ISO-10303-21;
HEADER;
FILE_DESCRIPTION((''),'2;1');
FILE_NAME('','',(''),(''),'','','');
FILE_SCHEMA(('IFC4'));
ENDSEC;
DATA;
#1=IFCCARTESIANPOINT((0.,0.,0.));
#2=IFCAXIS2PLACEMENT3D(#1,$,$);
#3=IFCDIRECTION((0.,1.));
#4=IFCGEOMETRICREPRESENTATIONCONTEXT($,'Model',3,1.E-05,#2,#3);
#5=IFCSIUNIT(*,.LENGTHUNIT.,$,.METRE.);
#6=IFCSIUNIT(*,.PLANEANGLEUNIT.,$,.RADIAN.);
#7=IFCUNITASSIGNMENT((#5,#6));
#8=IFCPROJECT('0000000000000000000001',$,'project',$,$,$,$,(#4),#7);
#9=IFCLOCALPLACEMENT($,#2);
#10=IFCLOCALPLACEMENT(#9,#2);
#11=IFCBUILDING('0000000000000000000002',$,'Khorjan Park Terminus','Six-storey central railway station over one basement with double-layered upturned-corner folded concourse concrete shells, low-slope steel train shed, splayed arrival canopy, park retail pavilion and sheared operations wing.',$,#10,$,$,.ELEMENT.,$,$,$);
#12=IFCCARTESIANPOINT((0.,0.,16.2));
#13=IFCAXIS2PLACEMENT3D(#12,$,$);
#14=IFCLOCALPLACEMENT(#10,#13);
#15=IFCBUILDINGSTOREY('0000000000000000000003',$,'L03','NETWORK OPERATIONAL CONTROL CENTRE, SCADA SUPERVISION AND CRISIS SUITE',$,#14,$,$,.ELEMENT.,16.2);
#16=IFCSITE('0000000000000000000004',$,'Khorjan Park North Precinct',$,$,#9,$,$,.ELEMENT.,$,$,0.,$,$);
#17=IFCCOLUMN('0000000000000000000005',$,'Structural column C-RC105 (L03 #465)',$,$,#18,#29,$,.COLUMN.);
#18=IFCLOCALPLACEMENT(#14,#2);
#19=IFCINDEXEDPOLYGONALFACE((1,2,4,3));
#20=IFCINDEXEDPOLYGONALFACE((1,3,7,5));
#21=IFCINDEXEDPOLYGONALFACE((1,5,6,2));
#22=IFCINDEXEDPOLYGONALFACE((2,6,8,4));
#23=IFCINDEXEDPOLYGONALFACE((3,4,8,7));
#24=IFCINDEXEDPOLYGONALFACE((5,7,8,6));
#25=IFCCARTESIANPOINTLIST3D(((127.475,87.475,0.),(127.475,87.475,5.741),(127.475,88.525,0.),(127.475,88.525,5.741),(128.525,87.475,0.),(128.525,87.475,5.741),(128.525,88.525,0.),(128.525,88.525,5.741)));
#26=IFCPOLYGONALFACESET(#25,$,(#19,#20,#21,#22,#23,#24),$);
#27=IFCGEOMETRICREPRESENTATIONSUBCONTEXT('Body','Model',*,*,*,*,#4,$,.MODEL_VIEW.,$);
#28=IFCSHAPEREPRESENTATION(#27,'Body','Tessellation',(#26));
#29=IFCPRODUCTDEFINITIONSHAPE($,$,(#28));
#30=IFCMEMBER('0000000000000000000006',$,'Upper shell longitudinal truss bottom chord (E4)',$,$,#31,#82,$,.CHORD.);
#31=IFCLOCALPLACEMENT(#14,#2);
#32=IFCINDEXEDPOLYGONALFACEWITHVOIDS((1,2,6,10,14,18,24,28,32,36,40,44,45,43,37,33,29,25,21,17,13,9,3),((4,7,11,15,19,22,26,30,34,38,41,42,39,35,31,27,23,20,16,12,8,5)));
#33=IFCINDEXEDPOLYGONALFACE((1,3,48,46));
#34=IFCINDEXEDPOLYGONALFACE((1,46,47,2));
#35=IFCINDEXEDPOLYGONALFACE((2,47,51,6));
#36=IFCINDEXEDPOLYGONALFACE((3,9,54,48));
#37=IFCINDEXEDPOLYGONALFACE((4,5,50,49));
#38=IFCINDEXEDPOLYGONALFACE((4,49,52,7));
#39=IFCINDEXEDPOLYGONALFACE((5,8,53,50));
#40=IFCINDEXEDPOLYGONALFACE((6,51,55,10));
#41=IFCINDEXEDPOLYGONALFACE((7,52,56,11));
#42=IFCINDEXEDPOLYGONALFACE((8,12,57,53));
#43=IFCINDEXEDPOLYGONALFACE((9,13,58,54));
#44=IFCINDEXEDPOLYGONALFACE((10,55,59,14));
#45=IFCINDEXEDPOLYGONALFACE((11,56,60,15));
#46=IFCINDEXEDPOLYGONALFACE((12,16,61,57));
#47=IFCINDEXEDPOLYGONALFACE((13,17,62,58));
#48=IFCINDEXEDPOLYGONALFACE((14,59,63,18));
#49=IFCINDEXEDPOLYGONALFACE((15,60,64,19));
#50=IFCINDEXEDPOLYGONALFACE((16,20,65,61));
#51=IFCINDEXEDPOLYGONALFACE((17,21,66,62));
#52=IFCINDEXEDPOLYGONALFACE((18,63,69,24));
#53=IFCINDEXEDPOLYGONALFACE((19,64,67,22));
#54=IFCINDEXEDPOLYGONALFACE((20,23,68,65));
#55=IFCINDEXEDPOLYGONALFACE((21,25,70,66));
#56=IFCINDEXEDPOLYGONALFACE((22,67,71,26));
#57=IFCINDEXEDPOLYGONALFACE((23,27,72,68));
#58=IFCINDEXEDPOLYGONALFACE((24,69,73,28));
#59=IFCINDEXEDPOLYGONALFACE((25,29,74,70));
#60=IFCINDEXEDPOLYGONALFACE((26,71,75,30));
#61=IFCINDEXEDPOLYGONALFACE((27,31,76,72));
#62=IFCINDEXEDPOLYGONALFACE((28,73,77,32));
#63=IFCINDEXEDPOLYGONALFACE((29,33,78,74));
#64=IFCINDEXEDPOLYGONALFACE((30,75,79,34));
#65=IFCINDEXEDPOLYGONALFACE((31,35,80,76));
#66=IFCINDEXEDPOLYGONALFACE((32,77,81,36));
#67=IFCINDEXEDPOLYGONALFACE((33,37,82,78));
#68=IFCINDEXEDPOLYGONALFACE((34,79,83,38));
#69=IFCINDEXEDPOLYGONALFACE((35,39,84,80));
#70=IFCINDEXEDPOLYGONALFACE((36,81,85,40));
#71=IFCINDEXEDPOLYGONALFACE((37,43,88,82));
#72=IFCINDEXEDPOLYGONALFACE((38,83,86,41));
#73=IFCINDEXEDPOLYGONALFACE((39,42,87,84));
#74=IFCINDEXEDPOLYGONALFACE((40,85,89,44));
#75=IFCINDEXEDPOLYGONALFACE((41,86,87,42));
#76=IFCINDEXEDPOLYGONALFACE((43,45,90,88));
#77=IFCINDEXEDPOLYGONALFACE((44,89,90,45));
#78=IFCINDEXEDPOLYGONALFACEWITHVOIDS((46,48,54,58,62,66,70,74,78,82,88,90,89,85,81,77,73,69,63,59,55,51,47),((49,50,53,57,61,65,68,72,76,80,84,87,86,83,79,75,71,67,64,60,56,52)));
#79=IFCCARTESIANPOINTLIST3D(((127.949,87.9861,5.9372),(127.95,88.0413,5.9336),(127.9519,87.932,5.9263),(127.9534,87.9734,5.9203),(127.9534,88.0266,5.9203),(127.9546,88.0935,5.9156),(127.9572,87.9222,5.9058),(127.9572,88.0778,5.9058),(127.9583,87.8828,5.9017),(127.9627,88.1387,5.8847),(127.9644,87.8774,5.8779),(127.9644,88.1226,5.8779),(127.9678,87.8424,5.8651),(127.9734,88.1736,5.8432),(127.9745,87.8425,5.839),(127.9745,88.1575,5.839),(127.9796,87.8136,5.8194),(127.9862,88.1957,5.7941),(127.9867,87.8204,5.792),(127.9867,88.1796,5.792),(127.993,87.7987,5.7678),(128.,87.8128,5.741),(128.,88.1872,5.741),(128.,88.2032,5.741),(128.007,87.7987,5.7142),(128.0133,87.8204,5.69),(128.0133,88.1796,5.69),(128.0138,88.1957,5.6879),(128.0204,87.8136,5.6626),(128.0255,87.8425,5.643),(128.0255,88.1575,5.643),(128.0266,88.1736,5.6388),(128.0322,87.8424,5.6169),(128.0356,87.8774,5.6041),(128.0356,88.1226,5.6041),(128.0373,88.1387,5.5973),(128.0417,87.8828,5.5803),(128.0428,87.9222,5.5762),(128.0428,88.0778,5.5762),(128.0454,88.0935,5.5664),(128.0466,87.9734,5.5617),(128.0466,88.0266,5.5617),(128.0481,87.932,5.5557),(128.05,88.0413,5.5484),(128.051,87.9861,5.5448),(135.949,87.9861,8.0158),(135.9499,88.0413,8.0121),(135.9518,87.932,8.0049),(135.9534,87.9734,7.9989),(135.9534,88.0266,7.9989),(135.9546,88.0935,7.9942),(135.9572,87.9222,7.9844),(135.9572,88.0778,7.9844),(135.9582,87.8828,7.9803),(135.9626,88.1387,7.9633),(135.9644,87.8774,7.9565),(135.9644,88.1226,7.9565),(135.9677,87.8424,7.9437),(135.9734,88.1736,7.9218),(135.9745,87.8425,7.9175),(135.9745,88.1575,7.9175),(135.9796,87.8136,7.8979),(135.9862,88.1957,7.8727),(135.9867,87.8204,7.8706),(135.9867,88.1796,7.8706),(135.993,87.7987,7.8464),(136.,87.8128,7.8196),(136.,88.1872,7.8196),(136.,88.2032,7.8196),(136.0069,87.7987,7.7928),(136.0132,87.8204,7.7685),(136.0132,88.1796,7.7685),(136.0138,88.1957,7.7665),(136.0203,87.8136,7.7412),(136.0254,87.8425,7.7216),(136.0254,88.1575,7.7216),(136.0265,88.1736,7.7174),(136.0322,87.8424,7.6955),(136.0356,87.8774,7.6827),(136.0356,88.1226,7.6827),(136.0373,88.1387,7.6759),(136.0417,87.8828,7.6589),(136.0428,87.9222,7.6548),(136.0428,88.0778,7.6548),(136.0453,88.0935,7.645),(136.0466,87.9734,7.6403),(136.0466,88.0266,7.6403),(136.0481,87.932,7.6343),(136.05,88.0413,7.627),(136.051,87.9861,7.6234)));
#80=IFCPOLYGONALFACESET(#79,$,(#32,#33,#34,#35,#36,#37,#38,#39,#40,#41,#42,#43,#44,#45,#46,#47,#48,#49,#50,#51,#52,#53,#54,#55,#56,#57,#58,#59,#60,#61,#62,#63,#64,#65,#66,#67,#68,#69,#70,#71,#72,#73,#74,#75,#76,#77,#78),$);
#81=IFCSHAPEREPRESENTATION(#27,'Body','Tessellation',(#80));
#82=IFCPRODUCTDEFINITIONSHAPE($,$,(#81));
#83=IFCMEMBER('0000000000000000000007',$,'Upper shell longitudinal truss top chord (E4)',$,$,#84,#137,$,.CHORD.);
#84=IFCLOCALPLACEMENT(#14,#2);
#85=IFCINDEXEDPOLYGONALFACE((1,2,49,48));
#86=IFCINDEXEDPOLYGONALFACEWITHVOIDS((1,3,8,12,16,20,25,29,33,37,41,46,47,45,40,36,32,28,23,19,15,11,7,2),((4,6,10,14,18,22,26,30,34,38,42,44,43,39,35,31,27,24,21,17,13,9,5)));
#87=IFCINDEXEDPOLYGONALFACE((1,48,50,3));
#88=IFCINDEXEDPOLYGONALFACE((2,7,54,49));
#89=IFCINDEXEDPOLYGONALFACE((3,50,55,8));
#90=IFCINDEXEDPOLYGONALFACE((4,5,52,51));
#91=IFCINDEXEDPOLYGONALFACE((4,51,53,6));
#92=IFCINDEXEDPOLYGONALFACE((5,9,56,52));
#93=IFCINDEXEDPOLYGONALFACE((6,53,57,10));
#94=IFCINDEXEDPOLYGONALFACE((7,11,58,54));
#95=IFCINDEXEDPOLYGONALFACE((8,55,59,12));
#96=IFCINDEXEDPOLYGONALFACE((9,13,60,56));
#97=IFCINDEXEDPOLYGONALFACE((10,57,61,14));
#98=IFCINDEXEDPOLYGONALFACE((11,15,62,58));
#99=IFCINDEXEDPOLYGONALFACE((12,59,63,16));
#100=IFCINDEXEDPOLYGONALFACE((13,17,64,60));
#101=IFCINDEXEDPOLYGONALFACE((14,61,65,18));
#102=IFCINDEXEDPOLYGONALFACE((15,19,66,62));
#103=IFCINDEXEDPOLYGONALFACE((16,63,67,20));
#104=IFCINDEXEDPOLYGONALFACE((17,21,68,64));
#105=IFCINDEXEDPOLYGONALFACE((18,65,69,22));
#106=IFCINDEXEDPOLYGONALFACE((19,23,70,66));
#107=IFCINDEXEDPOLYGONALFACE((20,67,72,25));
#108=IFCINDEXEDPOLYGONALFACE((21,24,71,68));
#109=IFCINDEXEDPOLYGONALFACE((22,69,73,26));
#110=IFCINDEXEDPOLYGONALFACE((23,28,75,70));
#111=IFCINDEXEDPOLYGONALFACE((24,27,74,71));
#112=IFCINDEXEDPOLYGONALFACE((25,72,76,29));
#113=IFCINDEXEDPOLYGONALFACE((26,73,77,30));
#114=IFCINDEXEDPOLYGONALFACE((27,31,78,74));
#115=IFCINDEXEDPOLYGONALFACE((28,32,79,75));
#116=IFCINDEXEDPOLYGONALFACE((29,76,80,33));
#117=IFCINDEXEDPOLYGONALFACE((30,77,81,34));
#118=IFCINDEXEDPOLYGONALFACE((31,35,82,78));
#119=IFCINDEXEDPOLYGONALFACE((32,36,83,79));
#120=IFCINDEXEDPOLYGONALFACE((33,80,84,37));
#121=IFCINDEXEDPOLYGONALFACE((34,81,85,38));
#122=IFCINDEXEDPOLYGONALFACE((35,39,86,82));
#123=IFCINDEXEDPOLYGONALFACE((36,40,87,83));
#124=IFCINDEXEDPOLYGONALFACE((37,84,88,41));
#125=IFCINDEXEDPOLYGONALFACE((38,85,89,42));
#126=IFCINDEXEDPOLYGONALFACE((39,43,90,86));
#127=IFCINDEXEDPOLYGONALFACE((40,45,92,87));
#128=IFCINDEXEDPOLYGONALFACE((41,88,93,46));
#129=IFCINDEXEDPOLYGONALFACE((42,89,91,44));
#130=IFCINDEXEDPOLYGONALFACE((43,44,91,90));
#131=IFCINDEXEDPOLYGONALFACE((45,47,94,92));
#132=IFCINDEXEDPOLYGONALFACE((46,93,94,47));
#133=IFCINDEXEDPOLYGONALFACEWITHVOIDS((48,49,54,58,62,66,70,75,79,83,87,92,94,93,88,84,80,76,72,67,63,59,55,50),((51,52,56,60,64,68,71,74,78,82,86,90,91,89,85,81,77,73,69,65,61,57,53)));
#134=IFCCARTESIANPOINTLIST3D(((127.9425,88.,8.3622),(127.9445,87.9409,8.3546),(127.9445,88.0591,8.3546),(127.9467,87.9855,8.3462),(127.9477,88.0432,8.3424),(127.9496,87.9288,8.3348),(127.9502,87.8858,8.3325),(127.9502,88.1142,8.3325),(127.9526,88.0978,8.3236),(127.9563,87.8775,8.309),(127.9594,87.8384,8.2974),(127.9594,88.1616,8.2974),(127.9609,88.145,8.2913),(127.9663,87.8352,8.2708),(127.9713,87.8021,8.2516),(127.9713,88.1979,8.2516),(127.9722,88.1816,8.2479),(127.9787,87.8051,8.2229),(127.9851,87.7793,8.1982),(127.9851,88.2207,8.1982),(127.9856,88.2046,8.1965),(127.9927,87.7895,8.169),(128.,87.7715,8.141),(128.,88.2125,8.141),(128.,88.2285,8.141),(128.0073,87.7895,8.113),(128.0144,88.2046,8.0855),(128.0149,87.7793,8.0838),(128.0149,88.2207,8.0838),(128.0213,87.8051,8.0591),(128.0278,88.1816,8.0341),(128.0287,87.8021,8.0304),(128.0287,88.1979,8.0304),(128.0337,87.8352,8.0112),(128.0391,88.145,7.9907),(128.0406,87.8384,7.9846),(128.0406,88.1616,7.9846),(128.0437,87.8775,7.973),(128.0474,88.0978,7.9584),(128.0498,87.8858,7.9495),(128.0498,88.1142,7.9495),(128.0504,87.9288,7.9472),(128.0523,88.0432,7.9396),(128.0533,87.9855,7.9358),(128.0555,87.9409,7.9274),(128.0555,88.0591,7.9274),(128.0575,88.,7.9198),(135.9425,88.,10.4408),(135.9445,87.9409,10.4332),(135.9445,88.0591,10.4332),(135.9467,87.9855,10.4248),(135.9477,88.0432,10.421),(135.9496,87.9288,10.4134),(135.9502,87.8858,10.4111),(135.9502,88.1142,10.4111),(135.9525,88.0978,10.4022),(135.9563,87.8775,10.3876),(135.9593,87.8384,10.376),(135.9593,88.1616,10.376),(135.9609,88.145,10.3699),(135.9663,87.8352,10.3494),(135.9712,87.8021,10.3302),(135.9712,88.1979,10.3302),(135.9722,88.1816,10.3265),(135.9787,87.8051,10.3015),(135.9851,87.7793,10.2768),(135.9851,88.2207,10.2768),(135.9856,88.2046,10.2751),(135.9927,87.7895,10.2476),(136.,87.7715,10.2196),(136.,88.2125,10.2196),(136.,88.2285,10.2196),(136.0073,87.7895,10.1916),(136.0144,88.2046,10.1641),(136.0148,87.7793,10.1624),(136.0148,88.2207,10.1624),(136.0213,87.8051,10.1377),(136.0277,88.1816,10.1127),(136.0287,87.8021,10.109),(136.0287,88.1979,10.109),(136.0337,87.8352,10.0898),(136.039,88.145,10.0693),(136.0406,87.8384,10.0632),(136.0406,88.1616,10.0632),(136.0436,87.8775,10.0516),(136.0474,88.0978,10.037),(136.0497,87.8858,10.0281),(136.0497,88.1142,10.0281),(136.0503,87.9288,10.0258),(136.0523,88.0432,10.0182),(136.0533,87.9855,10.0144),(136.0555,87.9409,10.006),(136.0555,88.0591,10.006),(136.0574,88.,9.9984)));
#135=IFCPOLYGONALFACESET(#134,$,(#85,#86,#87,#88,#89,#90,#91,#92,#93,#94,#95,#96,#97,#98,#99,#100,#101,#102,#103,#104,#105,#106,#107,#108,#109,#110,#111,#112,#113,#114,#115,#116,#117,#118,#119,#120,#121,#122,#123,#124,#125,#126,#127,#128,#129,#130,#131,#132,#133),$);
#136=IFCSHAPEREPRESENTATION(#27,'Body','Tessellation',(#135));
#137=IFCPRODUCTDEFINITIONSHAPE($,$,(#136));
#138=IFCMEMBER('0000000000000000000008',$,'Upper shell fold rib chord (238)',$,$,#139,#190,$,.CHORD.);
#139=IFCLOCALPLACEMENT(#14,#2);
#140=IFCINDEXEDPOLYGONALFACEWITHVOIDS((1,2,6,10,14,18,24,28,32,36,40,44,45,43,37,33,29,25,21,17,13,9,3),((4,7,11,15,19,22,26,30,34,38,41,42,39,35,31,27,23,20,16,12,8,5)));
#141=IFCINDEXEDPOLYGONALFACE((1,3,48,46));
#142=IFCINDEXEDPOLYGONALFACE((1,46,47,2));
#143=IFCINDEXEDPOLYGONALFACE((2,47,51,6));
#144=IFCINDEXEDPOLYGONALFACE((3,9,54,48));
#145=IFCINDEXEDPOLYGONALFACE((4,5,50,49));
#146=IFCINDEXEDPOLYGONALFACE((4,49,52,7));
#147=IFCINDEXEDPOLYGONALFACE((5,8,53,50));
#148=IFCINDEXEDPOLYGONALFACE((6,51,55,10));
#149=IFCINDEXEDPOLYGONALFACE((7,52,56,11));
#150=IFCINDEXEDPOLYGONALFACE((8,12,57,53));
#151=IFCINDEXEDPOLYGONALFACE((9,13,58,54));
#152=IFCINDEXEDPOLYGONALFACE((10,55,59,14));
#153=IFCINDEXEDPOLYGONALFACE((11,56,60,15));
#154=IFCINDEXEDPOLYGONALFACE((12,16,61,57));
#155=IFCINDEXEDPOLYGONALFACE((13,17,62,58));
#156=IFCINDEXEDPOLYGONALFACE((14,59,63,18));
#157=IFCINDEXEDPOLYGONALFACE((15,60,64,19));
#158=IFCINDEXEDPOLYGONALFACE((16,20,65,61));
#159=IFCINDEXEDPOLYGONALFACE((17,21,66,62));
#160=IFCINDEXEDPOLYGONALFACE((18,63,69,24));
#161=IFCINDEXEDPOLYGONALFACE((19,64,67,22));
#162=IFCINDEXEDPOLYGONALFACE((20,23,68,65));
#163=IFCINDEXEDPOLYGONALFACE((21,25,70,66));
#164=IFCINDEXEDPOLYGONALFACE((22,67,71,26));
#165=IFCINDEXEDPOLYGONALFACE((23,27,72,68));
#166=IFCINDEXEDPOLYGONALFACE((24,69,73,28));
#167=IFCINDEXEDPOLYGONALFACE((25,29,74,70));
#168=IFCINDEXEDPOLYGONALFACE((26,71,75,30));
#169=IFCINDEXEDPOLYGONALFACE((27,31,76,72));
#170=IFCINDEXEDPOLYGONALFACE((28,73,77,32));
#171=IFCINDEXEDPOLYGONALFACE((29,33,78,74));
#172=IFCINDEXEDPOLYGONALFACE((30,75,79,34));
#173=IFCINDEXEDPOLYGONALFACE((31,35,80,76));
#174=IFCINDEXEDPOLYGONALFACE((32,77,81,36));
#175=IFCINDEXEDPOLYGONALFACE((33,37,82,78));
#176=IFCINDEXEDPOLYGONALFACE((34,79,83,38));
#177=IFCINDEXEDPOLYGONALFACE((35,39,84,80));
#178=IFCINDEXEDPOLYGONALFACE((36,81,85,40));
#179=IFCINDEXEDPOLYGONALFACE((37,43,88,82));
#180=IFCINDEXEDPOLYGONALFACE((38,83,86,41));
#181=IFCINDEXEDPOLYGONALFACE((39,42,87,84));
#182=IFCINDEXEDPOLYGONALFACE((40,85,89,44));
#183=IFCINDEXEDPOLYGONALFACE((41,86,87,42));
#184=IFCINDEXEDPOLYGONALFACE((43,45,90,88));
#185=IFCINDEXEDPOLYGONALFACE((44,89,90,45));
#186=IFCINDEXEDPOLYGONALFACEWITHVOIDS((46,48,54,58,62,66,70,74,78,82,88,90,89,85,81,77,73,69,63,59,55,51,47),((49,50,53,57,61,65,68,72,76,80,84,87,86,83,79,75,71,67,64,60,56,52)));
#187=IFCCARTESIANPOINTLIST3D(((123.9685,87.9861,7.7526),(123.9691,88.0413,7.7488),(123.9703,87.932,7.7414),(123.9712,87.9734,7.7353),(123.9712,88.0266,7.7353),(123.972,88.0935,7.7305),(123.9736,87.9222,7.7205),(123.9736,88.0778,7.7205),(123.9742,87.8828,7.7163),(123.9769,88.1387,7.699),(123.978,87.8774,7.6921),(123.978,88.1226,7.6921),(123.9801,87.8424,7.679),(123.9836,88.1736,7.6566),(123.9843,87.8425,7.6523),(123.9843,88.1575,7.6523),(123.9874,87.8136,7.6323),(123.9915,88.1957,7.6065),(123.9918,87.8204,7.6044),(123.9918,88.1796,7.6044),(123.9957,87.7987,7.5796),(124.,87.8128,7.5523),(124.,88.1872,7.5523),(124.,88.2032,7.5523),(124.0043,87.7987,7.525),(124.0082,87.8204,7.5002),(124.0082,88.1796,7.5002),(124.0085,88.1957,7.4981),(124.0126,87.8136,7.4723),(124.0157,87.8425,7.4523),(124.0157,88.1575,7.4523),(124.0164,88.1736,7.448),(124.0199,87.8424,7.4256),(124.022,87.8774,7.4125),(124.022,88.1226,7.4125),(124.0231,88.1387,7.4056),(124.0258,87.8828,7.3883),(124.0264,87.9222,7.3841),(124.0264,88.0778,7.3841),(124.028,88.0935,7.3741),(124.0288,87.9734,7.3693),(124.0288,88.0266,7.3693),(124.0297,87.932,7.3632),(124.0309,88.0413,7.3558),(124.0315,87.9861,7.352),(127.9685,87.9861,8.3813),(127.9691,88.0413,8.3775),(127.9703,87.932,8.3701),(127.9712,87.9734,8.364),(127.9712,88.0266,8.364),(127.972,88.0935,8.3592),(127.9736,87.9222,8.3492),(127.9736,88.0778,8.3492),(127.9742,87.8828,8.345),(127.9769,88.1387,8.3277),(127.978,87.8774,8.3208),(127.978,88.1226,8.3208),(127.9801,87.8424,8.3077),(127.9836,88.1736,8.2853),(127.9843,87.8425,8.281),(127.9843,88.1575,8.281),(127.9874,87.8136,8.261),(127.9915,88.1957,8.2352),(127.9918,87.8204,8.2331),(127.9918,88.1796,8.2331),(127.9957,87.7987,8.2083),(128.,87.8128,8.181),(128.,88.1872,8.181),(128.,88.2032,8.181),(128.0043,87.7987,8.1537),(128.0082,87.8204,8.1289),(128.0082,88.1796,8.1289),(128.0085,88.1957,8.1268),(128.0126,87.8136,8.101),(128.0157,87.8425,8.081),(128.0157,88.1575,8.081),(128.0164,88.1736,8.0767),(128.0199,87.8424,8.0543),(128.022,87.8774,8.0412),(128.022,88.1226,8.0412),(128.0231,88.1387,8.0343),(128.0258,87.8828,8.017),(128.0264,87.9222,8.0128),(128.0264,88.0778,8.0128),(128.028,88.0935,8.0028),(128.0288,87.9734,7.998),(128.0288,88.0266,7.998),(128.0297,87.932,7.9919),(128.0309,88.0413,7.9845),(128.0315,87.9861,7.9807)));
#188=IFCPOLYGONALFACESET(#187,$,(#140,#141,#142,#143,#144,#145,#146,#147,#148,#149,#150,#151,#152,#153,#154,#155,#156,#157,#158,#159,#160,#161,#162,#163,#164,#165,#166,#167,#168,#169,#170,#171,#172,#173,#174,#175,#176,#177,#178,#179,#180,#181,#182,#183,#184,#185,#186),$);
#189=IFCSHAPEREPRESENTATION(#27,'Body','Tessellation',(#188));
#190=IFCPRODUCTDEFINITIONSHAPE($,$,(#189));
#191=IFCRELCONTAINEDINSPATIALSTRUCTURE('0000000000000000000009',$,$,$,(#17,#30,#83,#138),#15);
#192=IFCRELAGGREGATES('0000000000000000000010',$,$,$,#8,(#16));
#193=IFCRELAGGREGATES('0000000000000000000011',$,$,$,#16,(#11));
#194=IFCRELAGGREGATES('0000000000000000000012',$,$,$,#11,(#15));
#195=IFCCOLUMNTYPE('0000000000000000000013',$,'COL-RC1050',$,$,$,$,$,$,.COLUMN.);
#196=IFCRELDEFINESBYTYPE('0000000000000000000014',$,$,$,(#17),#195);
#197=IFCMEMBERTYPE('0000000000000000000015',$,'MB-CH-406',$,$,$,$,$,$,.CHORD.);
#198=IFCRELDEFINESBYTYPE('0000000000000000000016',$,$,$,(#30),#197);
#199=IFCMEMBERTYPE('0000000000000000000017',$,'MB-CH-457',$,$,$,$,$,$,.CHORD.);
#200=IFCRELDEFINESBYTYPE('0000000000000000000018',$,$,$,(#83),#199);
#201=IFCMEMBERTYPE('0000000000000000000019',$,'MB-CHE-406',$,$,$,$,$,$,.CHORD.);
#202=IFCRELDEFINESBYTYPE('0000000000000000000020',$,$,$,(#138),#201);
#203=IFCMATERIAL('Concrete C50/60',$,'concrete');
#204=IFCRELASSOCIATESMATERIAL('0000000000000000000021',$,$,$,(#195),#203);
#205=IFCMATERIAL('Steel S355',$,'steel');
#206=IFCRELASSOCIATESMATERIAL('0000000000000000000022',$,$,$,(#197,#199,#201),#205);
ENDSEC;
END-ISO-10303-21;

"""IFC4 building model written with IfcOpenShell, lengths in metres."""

from ifc_helpers import new_model, si_unit, direction, frame, origin, origin_2d, place, context, subcontext, project, spatial, rectangle, hollow_circle, extrude, material, material_profile, profile_set, type_object, element, save


model = new_model("IFC4")

# Units and contexts
model_context = context("Model", 3, precision=1e-05, world=origin(), true_north=direction((0.0, 1.0)))
body_context = subcontext(model_context, "Body", "Model", "MODEL_VIEW")
ifc_project = project(units=[si_unit("LENGTHUNIT", "METRE"), si_unit("PLANEANGLEUNIT", "RADIAN")], contexts=[model_context])

# Site, building, storey
site_placement = place(None, origin())
site = spatial("IfcSite", under=ifc_project, at=site_placement, Name="Khorjan Park North Precinct", CompositionType="ELEMENT", RefElevation=0.0)
building_placement = place(site_placement, origin())
building = spatial("IfcBuilding", under=site, at=building_placement, Name="Khorjan Park Terminus", Description="Six-storey central railway station over one basement with double-layered upturned-corner folded concourse concrete shells, low-slope steel train shed, splayed arrival canopy, park retail pavilion and sheared operations wing.", CompositionType="ELEMENT")
storey_placement = place(building_placement, frame((0.0, 0.0, 16.2)))
storey = spatial("IfcBuildingStorey", under=building, at=storey_placement, Name="L03", Description="NETWORK OPERATIONAL CONTROL CENTRE, SCADA SUPERVISION AND CRISIS SUITE", CompositionType="ELEMENT", Elevation=16.2)

# Column
ifc_material_1 = material(Name="Concrete C50/60", Category="concrete")
ifc_material_profile_1 = material_profile(ifc_material_1, rectangle(XDim=1.05, YDim=1.05, at=origin_2d()), Name="RC 1050x1050")
ifc_profile_set_1 = profile_set([ifc_material_profile_1], Name="Concrete C50/60")
column_type = type_object("IfcColumnType", Name="COL-RC1050", PredefinedType="COLUMN", material=ifc_profile_set_1)
column_placement = place(storey_placement, frame((128.0, 88.0, 0.0), z_axis=(0.0, 0.0, 1.0), x_axis=(1.0, 0.0, 0.0)))
element("IfcColumn", 1, at=column_placement, inside=storey, type_object=column_type, Name="Structural column C-RC105 (L03 #465)", PredefinedType="COLUMN", context=body_context, shape_type="SweptSolid", body=[
    extrude(rectangle(XDim=1.05, YDim=1.05, at=origin_2d()), origin(), (0.0, 0.0, 1.0), 5.741),
])

# Members
ifc_material_2 = material(Name="Steel S355", Category="steel")
ifc_material_profile_2 = material_profile(ifc_material_2, hollow_circle(Radius=0.2032, WallThickness=0.016, at=origin_2d()), Name="CHS 406.4x16")
ifc_profile_set_2 = profile_set([ifc_material_profile_2], Name="Steel S355")
member_type_1 = type_object("IfcMemberType", Name="MB-CH-406", PredefinedType="CHORD", material=ifc_profile_set_2)
member_1_placement = place(storey_placement, frame((128.0, 88.0, 5.741), z_axis=(0.967864, 0.0, 0.251475), x_axis=(0.0, 1.0, 0.0)))
element("IfcMember", 2, at=member_1_placement, inside=storey, type_object=member_type_1, Name="Upper shell longitudinal truss bottom chord (E4)", PredefinedType="CHORD", context=body_context, shape_type="SweptSolid", body=[
    extrude(hollow_circle(Radius=0.2032, WallThickness=0.016, at=origin_2d()), origin(), (0.0, 0.0, 1.0), 8.2656),
])
ifc_material_profile_3 = material_profile(ifc_material_2, hollow_circle(Radius=0.2285, WallThickness=0.016, at=origin_2d()), Name="CHS 457x16")
ifc_profile_set_3 = profile_set([ifc_material_profile_3], Name="Steel S355")
member_type_2 = type_object("IfcMemberType", Name="MB-CH-457", PredefinedType="CHORD", material=ifc_profile_set_3)
member_2_placement = place(storey_placement, frame((128.0, 88.0, 8.141), z_axis=(0.967864, 0.0, 0.251475), x_axis=(0.0, 1.0, 0.0)))
element("IfcMember", 3, at=member_2_placement, inside=storey, type_object=member_type_2, Name="Upper shell longitudinal truss top chord (E4)", PredefinedType="CHORD", context=body_context, shape_type="SweptSolid", body=[
    extrude(hollow_circle(Radius=0.2285, WallThickness=0.016, at=origin_2d()), origin(), (0.0, 0.0, 1.0), 8.2656),
])
ifc_material_profile_4 = material_profile(ifc_material_2, hollow_circle(Radius=0.2032, WallThickness=0.016, at=origin_2d()), Name="CHS 406.4x16")
ifc_profile_set_4 = profile_set([ifc_material_profile_4], Name="Steel S355")
member_type_3 = type_object("IfcMemberType", Name="MB-CHE-406", PredefinedType="CHORD", material=ifc_profile_set_4)
member_3_placement = place(storey_placement, frame((124.0, 88.0, 7.5523), z_axis=(0.987872, 0.0, 0.155269), x_axis=(0.0, 1.0, 0.0)))
element("IfcMember", 4, at=member_3_placement, inside=storey, type_object=member_type_3, Name="Upper shell fold rib chord (238)", PredefinedType="CHORD", context=body_context, shape_type="SweptSolid", body=[
    extrude(hollow_circle(Radius=0.2032, WallThickness=0.016, at=origin_2d()), origin(), (0.0, 0.0, 1.0), 4.0491),
])

save(model, "model.ifc")
